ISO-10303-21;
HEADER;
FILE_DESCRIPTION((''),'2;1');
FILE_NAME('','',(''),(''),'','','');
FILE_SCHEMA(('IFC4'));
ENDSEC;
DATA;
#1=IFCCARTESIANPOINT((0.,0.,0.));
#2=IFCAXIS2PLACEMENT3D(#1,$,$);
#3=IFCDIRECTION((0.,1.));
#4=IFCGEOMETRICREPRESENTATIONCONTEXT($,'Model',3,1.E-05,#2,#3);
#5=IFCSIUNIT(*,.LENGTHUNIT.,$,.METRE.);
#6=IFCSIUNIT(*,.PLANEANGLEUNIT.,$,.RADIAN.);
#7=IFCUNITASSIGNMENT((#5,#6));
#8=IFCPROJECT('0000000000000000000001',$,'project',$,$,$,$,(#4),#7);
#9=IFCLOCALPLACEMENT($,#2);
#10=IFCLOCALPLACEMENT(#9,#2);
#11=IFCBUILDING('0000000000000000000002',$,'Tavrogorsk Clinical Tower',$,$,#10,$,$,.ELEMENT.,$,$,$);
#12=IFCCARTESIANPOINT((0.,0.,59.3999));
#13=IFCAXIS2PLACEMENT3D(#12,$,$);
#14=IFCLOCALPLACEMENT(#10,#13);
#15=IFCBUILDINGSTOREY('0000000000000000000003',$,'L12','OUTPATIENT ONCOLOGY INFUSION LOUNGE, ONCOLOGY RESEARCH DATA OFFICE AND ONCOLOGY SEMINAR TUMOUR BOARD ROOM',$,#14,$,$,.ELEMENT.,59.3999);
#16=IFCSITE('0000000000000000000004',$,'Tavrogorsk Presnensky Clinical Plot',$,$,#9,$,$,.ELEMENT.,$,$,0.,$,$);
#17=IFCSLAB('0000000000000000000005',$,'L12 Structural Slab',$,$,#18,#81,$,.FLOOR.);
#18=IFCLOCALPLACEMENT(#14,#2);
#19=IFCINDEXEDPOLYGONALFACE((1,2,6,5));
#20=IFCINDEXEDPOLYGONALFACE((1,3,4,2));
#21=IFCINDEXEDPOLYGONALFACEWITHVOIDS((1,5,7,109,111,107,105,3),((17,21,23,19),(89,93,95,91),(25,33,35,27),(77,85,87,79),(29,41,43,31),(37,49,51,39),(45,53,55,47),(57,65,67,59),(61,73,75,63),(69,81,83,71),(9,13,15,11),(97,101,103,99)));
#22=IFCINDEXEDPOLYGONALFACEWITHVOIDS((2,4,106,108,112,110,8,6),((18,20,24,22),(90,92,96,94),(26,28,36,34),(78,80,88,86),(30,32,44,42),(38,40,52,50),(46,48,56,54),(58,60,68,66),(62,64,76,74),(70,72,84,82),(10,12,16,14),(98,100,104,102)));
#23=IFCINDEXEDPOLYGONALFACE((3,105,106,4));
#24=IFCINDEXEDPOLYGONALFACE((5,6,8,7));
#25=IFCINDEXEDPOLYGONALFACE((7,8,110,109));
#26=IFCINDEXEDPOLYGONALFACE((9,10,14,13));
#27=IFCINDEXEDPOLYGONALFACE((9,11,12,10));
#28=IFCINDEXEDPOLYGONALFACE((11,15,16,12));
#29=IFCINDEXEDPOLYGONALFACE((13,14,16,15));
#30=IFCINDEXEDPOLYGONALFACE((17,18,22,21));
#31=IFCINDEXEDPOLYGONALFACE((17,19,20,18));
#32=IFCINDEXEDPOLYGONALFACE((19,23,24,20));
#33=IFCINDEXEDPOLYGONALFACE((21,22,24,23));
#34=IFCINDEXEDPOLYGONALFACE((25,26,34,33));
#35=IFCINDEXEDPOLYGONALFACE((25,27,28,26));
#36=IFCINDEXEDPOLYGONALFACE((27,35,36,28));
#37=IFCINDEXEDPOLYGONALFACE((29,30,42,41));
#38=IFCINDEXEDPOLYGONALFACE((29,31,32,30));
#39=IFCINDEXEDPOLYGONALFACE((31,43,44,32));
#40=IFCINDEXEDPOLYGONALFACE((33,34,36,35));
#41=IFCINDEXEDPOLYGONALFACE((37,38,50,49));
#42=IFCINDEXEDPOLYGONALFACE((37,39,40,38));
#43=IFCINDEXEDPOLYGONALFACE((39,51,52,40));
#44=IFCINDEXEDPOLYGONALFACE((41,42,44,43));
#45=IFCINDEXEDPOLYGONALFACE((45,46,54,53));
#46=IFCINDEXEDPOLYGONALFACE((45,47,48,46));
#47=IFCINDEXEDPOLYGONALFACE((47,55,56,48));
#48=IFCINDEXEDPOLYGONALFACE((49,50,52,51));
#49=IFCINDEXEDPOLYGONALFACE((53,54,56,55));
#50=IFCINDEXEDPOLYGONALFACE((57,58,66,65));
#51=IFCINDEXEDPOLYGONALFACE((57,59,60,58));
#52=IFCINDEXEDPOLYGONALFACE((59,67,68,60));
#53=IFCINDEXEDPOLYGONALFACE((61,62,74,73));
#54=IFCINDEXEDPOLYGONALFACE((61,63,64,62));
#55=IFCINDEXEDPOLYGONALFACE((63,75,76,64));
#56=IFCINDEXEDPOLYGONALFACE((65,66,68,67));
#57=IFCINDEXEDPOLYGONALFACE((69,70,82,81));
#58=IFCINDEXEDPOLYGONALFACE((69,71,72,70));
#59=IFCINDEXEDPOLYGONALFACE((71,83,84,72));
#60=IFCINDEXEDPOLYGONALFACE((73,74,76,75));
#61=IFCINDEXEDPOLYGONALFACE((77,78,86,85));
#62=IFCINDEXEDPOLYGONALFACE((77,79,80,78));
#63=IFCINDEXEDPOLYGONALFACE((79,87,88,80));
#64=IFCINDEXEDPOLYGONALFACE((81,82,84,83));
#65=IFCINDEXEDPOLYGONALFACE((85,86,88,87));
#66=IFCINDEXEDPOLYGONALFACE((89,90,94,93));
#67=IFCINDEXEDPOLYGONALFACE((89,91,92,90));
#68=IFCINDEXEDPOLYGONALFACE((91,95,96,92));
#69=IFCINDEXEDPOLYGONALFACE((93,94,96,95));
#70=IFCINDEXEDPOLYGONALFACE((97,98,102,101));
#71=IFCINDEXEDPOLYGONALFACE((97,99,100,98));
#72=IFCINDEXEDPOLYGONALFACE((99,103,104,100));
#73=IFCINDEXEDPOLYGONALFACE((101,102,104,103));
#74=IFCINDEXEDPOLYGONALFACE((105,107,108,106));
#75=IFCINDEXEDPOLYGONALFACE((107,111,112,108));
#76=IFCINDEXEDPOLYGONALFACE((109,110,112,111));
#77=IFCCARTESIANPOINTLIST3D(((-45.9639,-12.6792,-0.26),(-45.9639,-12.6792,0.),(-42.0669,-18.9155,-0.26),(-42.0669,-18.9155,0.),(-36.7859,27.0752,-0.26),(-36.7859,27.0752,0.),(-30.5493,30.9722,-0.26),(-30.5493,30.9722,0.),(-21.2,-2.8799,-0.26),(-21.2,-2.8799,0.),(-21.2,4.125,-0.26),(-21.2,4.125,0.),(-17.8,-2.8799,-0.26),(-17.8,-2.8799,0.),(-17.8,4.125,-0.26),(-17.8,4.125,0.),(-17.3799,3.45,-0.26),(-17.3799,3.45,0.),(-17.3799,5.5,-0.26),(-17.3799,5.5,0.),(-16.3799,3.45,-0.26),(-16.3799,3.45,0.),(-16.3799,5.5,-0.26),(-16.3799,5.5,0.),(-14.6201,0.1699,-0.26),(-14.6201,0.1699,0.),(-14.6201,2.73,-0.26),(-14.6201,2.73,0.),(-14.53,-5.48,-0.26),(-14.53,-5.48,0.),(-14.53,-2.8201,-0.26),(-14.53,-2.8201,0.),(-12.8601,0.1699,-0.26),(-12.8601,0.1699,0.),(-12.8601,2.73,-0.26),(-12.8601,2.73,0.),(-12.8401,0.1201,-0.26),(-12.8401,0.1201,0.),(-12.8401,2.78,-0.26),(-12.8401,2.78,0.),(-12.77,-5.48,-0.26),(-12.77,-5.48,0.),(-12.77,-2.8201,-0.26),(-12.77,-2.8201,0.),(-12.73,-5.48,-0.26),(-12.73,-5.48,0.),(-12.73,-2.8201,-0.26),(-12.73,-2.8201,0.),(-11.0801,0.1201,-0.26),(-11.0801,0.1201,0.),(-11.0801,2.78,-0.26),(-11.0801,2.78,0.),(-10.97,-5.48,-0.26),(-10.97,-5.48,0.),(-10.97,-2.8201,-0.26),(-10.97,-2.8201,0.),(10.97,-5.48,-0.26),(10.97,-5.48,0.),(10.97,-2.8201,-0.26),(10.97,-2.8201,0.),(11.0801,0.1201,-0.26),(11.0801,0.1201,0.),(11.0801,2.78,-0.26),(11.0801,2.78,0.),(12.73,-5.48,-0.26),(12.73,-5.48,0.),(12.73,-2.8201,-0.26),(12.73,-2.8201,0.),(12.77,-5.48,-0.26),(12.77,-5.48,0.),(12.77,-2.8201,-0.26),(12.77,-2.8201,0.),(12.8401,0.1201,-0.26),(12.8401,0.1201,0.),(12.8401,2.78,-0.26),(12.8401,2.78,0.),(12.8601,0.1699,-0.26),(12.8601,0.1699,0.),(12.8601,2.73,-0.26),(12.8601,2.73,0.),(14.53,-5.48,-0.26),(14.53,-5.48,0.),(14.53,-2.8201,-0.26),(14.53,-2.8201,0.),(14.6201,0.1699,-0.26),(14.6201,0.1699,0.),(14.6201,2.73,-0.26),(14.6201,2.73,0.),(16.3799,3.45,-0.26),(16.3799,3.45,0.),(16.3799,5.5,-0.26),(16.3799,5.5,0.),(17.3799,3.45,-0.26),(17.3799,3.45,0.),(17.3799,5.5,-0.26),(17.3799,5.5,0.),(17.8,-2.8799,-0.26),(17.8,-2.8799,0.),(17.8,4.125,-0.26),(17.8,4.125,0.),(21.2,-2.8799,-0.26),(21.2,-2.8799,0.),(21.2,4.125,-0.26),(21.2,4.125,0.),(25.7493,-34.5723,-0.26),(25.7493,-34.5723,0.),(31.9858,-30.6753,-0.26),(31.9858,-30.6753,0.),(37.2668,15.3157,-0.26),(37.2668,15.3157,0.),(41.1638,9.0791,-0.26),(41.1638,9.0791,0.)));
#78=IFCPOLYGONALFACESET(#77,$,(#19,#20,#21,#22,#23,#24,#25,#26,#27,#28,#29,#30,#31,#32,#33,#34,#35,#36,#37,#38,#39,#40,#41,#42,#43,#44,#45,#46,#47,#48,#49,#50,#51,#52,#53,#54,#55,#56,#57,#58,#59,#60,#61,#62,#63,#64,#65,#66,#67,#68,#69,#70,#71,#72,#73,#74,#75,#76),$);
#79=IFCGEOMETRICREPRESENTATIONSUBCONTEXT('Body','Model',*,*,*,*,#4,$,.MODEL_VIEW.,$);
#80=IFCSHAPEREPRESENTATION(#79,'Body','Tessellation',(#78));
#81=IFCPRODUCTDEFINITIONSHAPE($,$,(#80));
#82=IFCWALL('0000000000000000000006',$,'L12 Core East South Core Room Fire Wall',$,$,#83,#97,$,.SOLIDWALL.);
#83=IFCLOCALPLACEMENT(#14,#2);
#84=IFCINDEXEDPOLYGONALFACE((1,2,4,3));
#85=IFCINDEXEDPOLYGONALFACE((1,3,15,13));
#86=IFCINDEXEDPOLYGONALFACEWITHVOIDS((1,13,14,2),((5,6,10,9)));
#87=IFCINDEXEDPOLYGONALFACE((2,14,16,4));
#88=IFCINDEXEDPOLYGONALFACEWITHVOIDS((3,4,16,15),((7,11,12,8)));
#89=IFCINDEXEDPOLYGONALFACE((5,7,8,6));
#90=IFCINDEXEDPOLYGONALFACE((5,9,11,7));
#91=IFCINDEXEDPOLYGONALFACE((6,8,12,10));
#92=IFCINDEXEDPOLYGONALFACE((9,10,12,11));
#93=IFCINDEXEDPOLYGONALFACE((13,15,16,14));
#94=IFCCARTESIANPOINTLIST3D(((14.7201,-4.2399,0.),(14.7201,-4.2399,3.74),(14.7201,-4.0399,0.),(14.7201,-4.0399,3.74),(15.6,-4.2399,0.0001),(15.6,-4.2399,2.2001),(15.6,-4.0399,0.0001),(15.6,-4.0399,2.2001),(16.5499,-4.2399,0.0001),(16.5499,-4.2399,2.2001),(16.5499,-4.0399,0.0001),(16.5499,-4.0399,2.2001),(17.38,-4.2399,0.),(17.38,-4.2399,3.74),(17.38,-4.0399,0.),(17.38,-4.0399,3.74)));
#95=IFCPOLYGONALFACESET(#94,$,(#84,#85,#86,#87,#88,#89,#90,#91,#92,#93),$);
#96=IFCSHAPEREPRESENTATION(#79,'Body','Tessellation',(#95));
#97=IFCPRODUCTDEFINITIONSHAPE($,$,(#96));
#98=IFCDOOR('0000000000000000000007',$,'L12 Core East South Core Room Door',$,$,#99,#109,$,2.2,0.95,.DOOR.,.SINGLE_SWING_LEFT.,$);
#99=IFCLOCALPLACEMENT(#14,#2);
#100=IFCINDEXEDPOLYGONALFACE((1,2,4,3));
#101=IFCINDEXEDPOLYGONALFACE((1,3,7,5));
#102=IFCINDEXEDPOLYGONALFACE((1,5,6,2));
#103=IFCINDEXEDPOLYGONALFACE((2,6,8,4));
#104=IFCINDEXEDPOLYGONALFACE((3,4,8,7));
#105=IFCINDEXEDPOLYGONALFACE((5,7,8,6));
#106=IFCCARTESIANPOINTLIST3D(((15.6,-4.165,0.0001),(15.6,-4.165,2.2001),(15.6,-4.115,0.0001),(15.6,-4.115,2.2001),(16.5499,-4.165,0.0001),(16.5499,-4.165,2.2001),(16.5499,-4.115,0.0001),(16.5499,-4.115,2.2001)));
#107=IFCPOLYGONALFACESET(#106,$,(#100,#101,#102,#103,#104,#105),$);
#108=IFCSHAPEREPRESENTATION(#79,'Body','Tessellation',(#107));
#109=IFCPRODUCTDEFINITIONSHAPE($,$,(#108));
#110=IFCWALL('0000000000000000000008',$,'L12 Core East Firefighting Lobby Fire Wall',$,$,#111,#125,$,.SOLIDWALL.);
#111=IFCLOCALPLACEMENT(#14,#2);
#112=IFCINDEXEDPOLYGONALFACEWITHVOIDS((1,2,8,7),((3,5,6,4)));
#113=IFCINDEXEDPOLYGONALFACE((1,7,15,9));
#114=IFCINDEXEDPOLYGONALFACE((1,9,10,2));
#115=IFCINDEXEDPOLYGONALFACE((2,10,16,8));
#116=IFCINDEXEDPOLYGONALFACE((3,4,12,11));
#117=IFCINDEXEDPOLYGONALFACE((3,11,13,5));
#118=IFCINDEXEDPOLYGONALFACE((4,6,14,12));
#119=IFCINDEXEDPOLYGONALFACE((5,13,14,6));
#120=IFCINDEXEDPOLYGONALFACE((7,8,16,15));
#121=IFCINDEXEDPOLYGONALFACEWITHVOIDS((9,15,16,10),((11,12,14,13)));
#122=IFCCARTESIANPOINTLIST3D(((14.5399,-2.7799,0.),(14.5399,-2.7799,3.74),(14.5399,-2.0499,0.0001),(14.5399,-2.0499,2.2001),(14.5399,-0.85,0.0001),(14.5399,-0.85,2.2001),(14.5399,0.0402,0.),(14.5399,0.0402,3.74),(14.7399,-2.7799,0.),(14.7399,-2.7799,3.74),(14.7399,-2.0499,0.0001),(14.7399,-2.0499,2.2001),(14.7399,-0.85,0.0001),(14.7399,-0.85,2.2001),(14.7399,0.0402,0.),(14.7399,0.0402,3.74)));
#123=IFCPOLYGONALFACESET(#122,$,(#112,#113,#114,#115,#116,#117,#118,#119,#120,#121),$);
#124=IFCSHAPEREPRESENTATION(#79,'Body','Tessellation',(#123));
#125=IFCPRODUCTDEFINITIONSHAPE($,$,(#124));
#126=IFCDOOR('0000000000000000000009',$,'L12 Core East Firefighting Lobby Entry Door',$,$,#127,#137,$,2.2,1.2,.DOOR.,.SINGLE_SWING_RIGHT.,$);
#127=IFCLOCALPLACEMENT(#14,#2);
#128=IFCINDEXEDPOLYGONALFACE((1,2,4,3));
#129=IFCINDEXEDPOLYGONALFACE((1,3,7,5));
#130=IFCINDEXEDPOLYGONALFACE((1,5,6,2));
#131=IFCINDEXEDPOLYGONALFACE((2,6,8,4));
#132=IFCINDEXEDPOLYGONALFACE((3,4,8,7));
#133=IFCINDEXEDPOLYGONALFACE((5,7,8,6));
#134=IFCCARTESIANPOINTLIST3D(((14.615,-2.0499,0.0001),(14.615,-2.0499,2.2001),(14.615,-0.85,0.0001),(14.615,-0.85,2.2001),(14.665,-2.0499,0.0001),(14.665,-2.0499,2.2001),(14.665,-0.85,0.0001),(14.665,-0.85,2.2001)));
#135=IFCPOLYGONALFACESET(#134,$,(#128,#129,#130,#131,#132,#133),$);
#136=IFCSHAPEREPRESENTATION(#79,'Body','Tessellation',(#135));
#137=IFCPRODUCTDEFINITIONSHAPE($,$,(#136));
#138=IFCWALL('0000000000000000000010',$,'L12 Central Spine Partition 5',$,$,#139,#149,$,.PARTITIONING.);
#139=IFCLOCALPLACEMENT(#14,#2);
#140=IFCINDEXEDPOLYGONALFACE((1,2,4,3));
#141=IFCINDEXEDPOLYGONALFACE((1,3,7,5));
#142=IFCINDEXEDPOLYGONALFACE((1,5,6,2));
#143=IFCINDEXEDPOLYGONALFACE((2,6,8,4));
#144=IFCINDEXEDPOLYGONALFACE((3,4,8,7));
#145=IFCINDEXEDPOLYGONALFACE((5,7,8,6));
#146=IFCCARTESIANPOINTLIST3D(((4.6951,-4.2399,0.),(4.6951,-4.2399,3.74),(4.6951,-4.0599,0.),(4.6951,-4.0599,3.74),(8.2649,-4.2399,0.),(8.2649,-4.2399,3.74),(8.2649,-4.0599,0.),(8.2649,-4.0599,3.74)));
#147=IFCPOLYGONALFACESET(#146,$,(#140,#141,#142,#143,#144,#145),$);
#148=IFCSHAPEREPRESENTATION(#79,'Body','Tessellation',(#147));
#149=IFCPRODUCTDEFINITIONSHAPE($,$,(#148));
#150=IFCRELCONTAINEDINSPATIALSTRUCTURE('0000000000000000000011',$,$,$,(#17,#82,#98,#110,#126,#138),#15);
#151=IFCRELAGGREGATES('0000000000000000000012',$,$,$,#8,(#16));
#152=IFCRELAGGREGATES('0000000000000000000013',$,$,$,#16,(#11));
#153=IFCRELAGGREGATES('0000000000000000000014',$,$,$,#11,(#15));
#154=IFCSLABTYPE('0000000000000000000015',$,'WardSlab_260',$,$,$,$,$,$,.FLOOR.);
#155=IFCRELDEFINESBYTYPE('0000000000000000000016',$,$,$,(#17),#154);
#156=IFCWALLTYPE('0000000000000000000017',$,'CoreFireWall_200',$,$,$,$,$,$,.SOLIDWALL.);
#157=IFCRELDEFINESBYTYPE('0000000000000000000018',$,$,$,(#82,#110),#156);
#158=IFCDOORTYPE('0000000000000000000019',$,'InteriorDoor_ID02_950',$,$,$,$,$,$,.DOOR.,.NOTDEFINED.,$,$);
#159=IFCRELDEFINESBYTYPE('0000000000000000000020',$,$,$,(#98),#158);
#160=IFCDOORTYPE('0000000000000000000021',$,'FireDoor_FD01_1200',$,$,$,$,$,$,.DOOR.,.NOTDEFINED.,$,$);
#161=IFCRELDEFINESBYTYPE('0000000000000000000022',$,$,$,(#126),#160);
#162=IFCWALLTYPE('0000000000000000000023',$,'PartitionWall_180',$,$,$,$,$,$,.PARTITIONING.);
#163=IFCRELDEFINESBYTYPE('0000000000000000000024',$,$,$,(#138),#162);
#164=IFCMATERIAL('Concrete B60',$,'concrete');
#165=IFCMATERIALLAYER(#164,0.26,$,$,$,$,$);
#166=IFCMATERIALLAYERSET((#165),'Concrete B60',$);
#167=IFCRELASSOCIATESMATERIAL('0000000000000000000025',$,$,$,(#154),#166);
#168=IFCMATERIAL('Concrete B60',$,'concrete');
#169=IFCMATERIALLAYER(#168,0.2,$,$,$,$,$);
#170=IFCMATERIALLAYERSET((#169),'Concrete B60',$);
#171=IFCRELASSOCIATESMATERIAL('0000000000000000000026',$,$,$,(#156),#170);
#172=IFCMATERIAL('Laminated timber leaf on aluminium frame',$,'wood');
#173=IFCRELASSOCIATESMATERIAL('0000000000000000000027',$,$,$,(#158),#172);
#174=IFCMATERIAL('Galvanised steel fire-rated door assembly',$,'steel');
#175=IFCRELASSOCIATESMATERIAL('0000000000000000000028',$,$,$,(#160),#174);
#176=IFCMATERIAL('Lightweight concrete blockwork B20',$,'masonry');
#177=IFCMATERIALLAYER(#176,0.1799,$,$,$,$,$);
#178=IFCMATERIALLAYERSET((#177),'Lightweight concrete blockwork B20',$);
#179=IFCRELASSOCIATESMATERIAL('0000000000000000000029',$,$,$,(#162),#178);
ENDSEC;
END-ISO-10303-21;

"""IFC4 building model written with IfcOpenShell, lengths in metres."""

from ifc_helpers import new_model, si_unit, direction, frame, frame_2d, origin, place, context, subcontext, project, spatial, polyline, rectangle, outline, extrude, material, layer, layer_set, type_object, element, fill, save


model = new_model("IFC4")

# Units and contexts
model_context = context("Model", 3, precision=1e-05, world=origin(), true_north=direction((0.0, 1.0)))
body_context = subcontext(model_context, "Body", "Model", "MODEL_VIEW")
ifc_project = project(units=[si_unit("LENGTHUNIT", "METRE"), si_unit("PLANEANGLEUNIT", "RADIAN")], contexts=[model_context])

# Site, building, storey
site_placement = place(None, origin())
site = spatial("IfcSite", under=ifc_project, at=site_placement, Name="Tavrogorsk Presnensky Clinical Plot", CompositionType="ELEMENT", RefElevation=0.0)
building_placement = place(site_placement, origin())
building = spatial("IfcBuilding", under=site, at=building_placement, Name="Tavrogorsk Clinical Tower", CompositionType="ELEMENT")
storey_placement = place(building_placement, frame((0.0, 0.0, 59.3999)))
storey = spatial("IfcBuildingStorey", under=building, at=storey_placement, Name="L12", Description="OUTPATIENT ONCOLOGY INFUSION LOUNGE, ONCOLOGY RESEARCH DATA OFFICE AND ONCOLOGY SEMINAR TUMOUR BOARD ROOM", CompositionType="ELEMENT", Elevation=59.3999)

# Slab
ifc_material_1 = material(Name="Concrete B60", Category="concrete")
ifc_layer_1 = layer(ifc_material_1, 0.26)
ifc_layer_set_1 = layer_set([ifc_layer_1], Name="Concrete B60")
slab_type_1 = type_object("IfcSlabType", Name="WardSlab_260", PredefinedType="FLOOR", material=ifc_layer_set_1)
slab_1_placement = place(storey_placement, frame((0.0, 0.0, -0.26)))
element("IfcSlab", 1, at=slab_1_placement, inside=storey, type_object=slab_type_1, Name="L12 Structural Slab", PredefinedType="FLOOR", context=body_context, shape_type="SweptSolid", body=[
    extrude(outline(polyline([(-42.0669, -18.9155), (25.7493, -34.5723), (31.9858, -30.6753), (41.1638, 9.0791), (37.2668, 15.3157), (-30.5493, 30.9722), (-36.7859, 27.0752), (-45.9639, -12.6792), (-42.0669, -18.9155)]), holes=[polyline([(-17.8, -2.8799), (-17.8, 4.125), (-21.2, 4.125), (-21.2, -2.8799), (-17.8, -2.8799)]), polyline([(21.2, -2.8799), (21.2, 4.125), (17.8, 4.125), (17.8, -2.8799), (21.2, -2.8799)]), polyline([(-14.6201, 0.1699), (-12.8601, 0.1699), (-12.8601, 2.73), (-14.6201, 2.73), (-14.6201, 0.1699)]), polyline([(-14.53, -5.48), (-12.77, -5.48), (-12.77, -2.8201), (-14.53, -2.8201), (-14.53, -5.48)]), polyline([(-12.73, -5.48), (-10.97, -5.48), (-10.97, -2.8201), (-12.73, -2.8201), (-12.73, -5.48)]), polyline([(-12.8401, 0.1201), (-11.0801, 0.1201), (-11.0801, 2.78), (-12.8401, 2.78), (-12.8401, 0.1201)]), polyline([(12.8601, 0.1699), (14.6201, 0.1699), (14.6201, 2.73), (12.8601, 2.73), (12.8601, 0.1699)]), polyline([(12.77, -5.48), (14.53, -5.48), (14.53, -2.8201), (12.77, -2.8201), (12.77, -5.48)]), polyline([(10.97, -5.48), (12.73, -5.48), (12.73, -2.8201), (10.97, -2.8201), (10.97, -5.48)]), polyline([(11.0801, 0.1201), (12.8401, 0.1201), (12.8401, 2.78), (11.0801, 2.78), (11.0801, 0.1201)]), polyline([(-17.3799, 3.45), (-16.3799, 3.45), (-16.3799, 5.5), (-17.3799, 5.5), (-17.3799, 3.45)]), polyline([(16.3799, 3.45), (17.3799, 3.45), (17.3799, 5.5), (16.3799, 5.5), (16.3799, 3.45)])]), origin(), (0.0, 0.0, 1.0), 0.26),
])

# Walls, openings, doors
ifc_material_2 = material(Name="Concrete B60", Category="concrete")
ifc_layer_2 = layer(ifc_material_2, 0.2)
ifc_layer_set_2 = layer_set([ifc_layer_2], Name="Concrete B60")
wall_type_1 = type_object("IfcWallType", Name="CoreFireWall_200", PredefinedType="SOLIDWALL", material=ifc_layer_set_2)
wall_1_placement = place(storey_placement, frame((14.72, -4.1399, 0.0), z_axis=(0.0, 0.0, 1.0), x_axis=(1.0, 0.0, 0.0)))
wall_1 = element("IfcWall", 2, at=wall_1_placement, inside=storey, type_object=wall_type_1, Name="L12 Core East South Core Room Fire Wall", PredefinedType="SOLIDWALL", context=body_context, shape_type="SweptSolid", body=[
    extrude(rectangle(XDim=2.6599, YDim=0.2, at=frame_2d((1.3301, 0.0))), origin(), (0.0, 0.0, 1.0), 3.74),
])
opening_1_placement = place(wall_1_placement, frame((0.8799, 0.0, 0.0)))
opening_1 = element("IfcOpeningElement", 3, at=opening_1_placement, cuts=wall_1, PredefinedType="OPENING", context=body_context, shape_type="SweptSolid", body=[
    extrude(rectangle(XDim=0.95, YDim=2.2, at=frame_2d((0.4751, 1.1001))), frame((0.0, 0.1099, 0.0), z_axis=(0.0, -1.0, 0.0), x_axis=(1.0, 0.0, 0.0)), (0.0, 0.0, 1.0), 0.22),
])
ifc_material_3 = material(Name="Laminated timber leaf on aluminium frame", Category="wood")
door_type_1 = type_object("IfcDoorType", Name="InteriorDoor_ID02_950", OperationType="NOTDEFINED", PredefinedType="DOOR", material=ifc_material_3)
door_1_placement = place(opening_1_placement, origin())
door_1 = element("IfcDoor", 4, at=door_1_placement, inside=storey, type_object=door_type_1, Name="L12 Core East South Core Room Door", OperationType="SINGLE_SWING_LEFT", OverallHeight=2.2, OverallWidth=0.95, PredefinedType="DOOR", context=body_context, shape_type="SweptSolid", body=[
    extrude(rectangle(XDim=0.95, YDim=2.2, at=frame_2d((0.4751, 1.1001))), frame((0.0, 0.0249, 0.0), z_axis=(0.0, -1.0, 0.0), x_axis=(1.0, 0.0, 0.0)), (0.0, 0.0, 1.0), 0.05),
])
fill(opening_1, door_1)
wall_2_placement = place(storey_placement, frame((14.6399, -2.78, 0.0), z_axis=(0.0, 0.0, 1.0), x_axis=(0.0, 1.0, 0.0)))
wall_2 = element("IfcWall", 5, at=wall_2_placement, inside=storey, type_object=wall_type_1, Name="L12 Core East Firefighting Lobby Fire Wall", PredefinedType="SOLIDWALL", context=body_context, shape_type="SweptSolid", body=[
    extrude(rectangle(XDim=2.8201, YDim=0.2, at=frame_2d((1.4102, 0.0))), origin(), (0.0, 0.0, 1.0), 3.74),
])
opening_2_placement = place(wall_2_placement, frame((0.73, 0.0, 0.0)))
opening_2 = element("IfcOpeningElement", 6, at=opening_2_placement, cuts=wall_2, PredefinedType="OPENING", context=body_context, shape_type="SweptSolid", body=[
    extrude(rectangle(XDim=1.2, YDim=2.2, at=frame_2d((0.6001, 1.1001))), frame((0.0, 0.1099, 0.0), z_axis=(0.0, -1.0, 0.0), x_axis=(1.0, 0.0, 0.0)), (0.0, 0.0, 1.0), 0.22),
])
ifc_material_4 = material(Name="Galvanised steel fire-rated door assembly", Category="steel")
door_type_2 = type_object("IfcDoorType", Name="FireDoor_FD01_1200", OperationType="NOTDEFINED", PredefinedType="DOOR", material=ifc_material_4)
door_2_placement = place(opening_2_placement, origin())
door_2 = element("IfcDoor", 7, at=door_2_placement, inside=storey, type_object=door_type_2, Name="L12 Core East Firefighting Lobby Entry Door", OperationType="SINGLE_SWING_RIGHT", OverallHeight=2.2, OverallWidth=1.2, PredefinedType="DOOR", context=body_context, shape_type="SweptSolid", body=[
    extrude(rectangle(XDim=1.2, YDim=2.2, at=frame_2d((0.6001, 1.1001))), frame((0.0, 0.0249, 0.0), z_axis=(0.0, -1.0, 0.0), x_axis=(1.0, 0.0, 0.0)), (0.0, 0.0, 1.0), 0.05),
])
fill(opening_2, door_2)

# Wall
ifc_material_5 = material(Name="Lightweight concrete blockwork B20", Category="masonry")
ifc_layer_3 = layer(ifc_material_5, 0.1799)
ifc_layer_set_3 = layer_set([ifc_layer_3], Name="Lightweight concrete blockwork B20")
wall_type_2 = type_object("IfcWallType", Name="PartitionWall_180", PredefinedType="PARTITIONING", material=ifc_layer_set_3)
wall_3_placement = place(storey_placement, frame((4.6951, -4.1499, 0.0), z_axis=(0.0, 0.0, 1.0), x_axis=(1.0, 0.0, 0.0)))
element("IfcWall", 8, at=wall_3_placement, inside=storey, type_object=wall_type_2, Name="L12 Central Spine Partition 5", PredefinedType="PARTITIONING", context=body_context, shape_type="SweptSolid", body=[
    extrude(rectangle(XDim=3.5698, YDim=0.1799, at=frame_2d((1.7849, 0.0))), origin(), (0.0, 0.0, 1.0), 3.74),
])

save(model, "model.ifc")
